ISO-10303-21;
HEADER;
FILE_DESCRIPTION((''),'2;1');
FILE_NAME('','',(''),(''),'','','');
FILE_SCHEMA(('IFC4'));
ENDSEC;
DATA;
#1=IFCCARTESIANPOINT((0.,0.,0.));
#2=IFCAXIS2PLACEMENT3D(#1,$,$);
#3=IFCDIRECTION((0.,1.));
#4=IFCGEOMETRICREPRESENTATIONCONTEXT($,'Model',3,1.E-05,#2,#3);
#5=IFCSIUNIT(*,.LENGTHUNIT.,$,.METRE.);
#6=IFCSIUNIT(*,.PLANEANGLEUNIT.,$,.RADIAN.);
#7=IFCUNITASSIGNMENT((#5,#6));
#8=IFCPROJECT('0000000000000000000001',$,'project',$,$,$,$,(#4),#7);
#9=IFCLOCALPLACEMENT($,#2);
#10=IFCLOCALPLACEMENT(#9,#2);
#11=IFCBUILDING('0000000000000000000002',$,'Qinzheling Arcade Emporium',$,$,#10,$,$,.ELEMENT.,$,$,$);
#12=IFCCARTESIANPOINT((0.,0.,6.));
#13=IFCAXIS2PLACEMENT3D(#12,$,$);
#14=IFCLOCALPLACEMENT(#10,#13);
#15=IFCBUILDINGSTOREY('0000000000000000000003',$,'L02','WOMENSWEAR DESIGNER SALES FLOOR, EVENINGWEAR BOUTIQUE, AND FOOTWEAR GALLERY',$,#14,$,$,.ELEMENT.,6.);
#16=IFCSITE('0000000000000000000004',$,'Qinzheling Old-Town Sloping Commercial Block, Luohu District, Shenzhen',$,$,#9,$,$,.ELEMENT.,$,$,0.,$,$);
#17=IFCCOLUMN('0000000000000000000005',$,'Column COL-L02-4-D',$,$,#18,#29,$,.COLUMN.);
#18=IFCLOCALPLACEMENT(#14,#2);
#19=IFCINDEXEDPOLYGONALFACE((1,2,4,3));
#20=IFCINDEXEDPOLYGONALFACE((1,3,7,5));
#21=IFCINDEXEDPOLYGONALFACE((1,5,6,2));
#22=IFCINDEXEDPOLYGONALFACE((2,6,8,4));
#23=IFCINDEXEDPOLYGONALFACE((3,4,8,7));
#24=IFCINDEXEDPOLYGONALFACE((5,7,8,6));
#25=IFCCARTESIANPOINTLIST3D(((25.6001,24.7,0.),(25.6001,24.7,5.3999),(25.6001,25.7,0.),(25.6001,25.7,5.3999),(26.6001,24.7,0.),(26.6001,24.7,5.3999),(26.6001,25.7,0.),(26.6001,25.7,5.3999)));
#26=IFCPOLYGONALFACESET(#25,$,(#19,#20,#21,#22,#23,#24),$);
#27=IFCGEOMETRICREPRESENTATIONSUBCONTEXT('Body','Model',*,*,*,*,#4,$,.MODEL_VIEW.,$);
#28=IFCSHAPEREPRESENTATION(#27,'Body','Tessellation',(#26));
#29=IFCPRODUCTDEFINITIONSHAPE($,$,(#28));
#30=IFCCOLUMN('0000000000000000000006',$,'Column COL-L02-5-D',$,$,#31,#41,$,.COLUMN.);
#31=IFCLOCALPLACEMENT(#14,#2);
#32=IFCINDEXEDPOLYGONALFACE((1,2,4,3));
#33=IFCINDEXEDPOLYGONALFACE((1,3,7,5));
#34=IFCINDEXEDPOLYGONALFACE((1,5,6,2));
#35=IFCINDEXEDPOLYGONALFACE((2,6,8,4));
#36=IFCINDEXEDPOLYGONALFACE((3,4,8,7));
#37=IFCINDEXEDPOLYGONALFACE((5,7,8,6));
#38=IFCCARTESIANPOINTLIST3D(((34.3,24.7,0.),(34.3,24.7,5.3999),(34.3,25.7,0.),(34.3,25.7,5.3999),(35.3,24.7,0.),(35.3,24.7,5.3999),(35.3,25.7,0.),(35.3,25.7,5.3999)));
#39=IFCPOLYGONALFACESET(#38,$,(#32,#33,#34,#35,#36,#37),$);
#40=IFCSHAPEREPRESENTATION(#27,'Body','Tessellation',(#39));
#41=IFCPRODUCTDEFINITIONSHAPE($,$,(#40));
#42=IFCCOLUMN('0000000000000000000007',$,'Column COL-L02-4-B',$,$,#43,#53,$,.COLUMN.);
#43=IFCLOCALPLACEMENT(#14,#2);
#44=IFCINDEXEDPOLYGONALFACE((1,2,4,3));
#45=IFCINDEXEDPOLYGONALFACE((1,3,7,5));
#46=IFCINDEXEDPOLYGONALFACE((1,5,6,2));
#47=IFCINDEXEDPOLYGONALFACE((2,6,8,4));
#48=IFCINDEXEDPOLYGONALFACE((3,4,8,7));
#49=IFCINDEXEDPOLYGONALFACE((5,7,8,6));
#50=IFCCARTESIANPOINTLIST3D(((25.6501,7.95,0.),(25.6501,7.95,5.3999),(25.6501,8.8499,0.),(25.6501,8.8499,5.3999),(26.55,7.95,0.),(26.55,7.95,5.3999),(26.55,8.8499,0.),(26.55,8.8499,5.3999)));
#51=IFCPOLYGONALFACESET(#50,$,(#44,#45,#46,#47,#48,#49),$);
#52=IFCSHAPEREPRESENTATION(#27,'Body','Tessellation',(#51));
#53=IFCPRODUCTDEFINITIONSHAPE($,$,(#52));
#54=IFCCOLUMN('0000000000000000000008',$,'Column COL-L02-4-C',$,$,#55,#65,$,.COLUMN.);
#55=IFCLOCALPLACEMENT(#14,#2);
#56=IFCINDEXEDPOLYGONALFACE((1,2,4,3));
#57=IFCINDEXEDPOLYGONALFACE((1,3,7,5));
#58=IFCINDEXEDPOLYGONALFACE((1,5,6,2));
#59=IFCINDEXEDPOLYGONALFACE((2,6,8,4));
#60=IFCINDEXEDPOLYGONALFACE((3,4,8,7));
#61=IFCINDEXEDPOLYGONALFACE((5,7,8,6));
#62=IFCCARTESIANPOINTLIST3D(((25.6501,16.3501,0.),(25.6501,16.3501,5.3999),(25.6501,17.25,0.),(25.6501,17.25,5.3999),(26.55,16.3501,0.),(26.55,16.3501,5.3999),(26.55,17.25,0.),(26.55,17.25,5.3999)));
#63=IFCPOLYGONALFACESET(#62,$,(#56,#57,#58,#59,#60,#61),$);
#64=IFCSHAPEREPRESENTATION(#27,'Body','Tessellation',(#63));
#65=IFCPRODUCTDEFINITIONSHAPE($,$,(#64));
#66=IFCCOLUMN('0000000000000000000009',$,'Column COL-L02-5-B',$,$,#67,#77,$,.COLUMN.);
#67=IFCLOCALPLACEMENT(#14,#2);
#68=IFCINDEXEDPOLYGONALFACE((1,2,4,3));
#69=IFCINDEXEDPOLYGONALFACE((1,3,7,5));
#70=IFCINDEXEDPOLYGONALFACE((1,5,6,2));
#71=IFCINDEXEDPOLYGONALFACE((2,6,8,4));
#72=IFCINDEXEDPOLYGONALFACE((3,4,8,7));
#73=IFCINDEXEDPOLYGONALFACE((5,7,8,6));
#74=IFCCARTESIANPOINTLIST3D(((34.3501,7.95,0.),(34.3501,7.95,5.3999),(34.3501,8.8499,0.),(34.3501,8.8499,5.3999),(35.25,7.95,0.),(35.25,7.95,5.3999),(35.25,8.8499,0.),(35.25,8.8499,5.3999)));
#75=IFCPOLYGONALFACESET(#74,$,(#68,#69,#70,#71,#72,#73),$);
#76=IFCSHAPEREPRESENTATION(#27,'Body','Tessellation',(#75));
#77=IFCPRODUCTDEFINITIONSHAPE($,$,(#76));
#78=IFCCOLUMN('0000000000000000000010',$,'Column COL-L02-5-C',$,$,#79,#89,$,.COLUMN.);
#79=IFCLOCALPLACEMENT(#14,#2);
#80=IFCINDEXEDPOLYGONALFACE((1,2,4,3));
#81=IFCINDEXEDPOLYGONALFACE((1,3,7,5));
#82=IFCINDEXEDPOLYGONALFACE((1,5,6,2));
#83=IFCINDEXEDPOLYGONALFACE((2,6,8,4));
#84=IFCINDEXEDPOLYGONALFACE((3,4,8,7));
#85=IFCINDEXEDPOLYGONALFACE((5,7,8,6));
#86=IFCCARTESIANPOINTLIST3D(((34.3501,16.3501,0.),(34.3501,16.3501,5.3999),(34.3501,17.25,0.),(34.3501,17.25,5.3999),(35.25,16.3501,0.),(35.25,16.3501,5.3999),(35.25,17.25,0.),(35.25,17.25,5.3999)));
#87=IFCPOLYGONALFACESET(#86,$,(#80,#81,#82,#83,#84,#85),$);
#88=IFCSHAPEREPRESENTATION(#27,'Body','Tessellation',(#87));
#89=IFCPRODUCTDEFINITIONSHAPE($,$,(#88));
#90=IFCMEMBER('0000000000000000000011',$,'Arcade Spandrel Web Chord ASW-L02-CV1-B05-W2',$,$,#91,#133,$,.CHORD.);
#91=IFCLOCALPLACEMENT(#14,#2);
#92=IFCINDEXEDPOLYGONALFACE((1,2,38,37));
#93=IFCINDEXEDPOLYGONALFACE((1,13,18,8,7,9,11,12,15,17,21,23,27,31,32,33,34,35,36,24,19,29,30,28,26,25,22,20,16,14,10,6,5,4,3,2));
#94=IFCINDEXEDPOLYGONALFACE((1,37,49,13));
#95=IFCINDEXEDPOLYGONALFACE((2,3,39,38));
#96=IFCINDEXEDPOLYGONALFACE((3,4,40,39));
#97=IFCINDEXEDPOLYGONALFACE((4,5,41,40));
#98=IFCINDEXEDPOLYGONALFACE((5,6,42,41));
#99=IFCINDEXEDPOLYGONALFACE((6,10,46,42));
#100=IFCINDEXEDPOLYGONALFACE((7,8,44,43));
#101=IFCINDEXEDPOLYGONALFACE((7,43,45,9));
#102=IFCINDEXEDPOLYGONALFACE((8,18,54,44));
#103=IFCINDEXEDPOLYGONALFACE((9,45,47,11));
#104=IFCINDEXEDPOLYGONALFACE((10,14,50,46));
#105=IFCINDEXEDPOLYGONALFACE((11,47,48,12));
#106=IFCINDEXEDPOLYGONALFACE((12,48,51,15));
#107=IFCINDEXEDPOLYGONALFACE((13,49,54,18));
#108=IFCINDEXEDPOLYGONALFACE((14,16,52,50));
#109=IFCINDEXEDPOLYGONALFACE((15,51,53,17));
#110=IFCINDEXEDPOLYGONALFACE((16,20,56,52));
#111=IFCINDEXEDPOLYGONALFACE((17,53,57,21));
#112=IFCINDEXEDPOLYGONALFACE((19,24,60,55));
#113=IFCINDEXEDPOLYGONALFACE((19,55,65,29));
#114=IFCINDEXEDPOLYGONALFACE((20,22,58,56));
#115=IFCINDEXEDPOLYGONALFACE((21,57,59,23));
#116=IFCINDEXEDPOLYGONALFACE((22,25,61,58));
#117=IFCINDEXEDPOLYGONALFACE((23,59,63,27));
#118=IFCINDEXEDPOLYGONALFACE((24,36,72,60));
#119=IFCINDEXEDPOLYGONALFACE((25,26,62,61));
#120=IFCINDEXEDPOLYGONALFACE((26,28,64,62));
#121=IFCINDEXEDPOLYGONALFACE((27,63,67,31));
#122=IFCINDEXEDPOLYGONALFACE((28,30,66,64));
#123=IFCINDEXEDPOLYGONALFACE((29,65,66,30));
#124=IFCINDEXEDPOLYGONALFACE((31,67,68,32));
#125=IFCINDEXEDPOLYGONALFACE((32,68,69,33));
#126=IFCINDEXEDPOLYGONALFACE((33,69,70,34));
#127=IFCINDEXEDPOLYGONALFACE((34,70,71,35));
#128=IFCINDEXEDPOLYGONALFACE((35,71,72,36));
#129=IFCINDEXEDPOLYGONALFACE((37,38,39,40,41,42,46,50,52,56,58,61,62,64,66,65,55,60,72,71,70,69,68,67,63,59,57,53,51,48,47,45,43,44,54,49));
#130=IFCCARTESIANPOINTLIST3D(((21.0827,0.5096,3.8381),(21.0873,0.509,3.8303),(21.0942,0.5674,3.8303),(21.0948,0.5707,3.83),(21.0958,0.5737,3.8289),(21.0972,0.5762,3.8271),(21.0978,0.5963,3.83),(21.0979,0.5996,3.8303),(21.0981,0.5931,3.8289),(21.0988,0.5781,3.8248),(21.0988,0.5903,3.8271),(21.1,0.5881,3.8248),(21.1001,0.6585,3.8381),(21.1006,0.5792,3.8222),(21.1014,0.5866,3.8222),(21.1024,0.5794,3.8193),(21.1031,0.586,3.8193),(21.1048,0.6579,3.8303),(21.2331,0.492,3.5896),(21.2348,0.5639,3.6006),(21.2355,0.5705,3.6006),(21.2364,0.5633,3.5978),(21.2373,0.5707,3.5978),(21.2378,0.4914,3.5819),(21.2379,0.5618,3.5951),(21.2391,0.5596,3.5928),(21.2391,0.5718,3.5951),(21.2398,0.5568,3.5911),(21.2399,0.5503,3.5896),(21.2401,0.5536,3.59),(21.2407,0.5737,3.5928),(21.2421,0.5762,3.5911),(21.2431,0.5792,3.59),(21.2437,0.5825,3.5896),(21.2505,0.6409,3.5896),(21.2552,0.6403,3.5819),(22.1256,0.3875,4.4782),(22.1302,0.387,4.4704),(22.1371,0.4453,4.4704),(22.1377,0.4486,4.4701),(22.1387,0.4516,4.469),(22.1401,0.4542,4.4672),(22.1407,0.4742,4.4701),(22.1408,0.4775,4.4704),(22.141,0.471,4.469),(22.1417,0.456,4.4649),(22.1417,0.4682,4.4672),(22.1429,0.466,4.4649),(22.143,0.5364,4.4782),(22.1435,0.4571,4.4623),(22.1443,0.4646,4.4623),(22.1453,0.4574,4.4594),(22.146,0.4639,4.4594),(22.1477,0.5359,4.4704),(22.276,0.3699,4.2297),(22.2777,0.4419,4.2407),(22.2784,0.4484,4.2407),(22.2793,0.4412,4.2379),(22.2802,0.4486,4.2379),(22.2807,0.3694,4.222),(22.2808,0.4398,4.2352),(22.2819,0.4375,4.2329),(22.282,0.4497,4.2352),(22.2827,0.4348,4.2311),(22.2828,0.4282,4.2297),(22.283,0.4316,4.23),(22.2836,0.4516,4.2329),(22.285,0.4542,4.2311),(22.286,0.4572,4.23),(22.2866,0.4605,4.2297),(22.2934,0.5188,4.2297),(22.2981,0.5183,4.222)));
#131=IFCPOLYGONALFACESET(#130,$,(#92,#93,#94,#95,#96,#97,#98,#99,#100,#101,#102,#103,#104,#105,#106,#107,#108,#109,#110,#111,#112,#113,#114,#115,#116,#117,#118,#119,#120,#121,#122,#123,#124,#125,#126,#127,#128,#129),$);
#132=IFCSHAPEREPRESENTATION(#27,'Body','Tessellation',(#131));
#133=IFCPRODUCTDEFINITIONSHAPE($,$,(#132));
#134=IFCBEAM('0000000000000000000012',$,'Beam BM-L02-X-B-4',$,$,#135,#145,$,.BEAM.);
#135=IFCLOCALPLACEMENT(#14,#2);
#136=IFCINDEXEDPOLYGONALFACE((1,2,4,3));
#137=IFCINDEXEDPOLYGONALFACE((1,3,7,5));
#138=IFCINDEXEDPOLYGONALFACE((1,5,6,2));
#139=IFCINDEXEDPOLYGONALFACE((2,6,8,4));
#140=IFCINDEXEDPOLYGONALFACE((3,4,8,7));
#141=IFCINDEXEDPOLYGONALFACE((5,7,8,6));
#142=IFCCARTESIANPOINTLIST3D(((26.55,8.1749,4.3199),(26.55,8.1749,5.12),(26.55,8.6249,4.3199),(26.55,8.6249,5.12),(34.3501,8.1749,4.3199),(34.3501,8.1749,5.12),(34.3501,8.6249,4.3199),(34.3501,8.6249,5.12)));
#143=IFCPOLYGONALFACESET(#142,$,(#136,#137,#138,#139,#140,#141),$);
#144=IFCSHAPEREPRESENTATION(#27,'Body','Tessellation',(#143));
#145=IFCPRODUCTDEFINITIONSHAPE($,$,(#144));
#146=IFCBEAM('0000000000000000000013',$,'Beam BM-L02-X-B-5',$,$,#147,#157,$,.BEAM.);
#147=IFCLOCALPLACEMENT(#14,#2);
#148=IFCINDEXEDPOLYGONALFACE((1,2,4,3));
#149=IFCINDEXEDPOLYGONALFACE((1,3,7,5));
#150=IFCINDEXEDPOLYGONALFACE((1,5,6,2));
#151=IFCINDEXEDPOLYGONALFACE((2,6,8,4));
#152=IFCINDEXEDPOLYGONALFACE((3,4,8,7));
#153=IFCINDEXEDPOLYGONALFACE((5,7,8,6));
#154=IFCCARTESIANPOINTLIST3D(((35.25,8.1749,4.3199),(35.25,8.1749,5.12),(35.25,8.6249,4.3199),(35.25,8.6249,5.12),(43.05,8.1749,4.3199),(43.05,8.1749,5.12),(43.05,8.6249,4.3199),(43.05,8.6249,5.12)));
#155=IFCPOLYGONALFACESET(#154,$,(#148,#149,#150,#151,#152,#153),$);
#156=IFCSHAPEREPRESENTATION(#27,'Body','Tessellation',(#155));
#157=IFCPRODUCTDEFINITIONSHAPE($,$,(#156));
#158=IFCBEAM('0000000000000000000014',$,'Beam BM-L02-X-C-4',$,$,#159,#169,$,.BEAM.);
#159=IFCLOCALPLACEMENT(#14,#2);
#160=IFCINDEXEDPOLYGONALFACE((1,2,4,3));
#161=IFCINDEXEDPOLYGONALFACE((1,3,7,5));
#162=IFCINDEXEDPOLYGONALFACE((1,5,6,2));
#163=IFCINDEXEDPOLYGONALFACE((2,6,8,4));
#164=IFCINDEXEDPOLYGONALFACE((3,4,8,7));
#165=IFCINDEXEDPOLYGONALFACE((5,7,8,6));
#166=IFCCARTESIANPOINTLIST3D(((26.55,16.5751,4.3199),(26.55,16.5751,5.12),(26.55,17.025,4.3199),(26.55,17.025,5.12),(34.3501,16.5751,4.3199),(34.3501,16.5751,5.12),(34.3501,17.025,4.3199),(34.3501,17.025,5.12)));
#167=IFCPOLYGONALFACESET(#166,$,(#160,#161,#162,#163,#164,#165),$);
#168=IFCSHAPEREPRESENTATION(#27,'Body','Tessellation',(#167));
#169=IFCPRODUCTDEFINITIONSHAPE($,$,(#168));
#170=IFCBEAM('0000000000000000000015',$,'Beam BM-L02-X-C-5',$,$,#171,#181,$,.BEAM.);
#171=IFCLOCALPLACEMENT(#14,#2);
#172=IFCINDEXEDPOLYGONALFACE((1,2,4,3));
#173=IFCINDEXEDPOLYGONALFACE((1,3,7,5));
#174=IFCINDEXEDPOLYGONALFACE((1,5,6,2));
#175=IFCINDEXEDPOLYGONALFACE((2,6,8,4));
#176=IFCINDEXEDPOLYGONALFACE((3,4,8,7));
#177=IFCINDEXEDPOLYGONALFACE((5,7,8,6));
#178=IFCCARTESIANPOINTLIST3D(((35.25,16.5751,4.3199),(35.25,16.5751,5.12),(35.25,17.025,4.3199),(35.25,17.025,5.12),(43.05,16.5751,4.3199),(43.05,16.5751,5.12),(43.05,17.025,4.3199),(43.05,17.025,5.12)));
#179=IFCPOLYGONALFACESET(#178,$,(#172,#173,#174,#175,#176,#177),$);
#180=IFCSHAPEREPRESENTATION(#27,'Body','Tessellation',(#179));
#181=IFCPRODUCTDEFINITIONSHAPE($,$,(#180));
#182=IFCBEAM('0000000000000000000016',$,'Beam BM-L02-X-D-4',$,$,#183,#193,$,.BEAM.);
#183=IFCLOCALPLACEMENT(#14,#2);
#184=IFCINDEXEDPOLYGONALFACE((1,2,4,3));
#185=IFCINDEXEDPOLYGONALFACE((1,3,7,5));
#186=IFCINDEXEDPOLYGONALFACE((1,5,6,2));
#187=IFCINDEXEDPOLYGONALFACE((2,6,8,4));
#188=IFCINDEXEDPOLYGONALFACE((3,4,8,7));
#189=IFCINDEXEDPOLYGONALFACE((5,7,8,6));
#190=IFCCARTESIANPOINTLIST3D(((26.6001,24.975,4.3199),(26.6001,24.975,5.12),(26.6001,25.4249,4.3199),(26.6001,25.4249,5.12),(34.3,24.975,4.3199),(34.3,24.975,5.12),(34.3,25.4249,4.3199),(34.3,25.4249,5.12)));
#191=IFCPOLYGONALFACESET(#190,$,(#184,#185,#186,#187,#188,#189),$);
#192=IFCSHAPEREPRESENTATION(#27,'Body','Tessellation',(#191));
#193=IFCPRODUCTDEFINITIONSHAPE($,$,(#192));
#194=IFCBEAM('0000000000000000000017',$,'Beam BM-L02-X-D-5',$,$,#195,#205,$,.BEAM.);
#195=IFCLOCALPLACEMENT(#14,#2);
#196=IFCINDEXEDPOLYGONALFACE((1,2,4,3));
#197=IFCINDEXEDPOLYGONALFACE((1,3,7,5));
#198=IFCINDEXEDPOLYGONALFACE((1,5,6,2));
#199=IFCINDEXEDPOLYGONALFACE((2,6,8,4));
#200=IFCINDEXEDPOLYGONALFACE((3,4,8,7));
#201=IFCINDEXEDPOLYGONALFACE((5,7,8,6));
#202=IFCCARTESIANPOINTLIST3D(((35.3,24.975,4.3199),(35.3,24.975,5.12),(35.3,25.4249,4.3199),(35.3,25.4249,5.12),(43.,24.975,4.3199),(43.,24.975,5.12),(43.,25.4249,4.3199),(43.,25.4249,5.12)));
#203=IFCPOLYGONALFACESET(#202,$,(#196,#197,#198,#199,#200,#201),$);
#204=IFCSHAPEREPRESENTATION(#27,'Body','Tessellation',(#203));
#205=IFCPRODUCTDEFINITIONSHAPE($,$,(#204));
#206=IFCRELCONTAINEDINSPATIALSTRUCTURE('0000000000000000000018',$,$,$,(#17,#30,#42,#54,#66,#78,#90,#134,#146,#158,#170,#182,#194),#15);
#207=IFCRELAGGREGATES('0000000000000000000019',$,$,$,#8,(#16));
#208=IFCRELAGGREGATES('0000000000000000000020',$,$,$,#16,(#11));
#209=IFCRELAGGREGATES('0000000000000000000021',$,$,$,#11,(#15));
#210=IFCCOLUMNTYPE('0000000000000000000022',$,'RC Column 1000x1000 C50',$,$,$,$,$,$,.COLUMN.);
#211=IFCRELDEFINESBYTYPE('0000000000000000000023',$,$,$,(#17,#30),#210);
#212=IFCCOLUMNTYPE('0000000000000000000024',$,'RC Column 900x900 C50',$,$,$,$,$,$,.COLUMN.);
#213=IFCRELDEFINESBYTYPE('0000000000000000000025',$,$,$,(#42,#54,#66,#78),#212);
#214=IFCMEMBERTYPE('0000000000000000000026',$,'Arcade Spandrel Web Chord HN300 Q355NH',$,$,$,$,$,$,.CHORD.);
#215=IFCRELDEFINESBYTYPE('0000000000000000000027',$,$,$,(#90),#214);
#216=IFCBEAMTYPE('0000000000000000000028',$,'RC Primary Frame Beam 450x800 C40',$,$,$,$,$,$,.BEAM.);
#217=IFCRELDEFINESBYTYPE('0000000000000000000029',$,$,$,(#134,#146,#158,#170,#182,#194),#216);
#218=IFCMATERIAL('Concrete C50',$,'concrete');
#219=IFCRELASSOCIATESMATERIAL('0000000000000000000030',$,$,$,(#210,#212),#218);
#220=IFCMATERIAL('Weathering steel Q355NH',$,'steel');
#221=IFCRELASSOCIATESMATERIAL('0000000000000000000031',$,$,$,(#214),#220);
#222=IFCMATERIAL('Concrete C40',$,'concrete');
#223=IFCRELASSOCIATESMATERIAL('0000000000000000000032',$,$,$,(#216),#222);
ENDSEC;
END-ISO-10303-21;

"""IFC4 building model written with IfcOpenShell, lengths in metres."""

from ifc_helpers import new_model, si_unit, direction, frame, origin, origin_2d, place, context, subcontext, project, spatial, rectangle, i_section, extrude, material, material_profile, profile_set, type_object, element, save


model = new_model("IFC4")

# Units and contexts
model_context = context("Model", 3, precision=1e-05, world=origin(), true_north=direction((0.0, 1.0)))
body_context = subcontext(model_context, "Body", "Model", "MODEL_VIEW")
ifc_project = project(units=[si_unit("LENGTHUNIT", "METRE"), si_unit("PLANEANGLEUNIT", "RADIAN")], contexts=[model_context])

# Site, building, storey
site_placement = place(None, origin())
site = spatial("IfcSite", under=ifc_project, at=site_placement, Name="Qinzheling Old-Town Sloping Commercial Block, Luohu District, Shenzhen", CompositionType="ELEMENT", RefElevation=0.0)
building_placement = place(site_placement, origin())
building = spatial("IfcBuilding", under=site, at=building_placement, Name="Qinzheling Arcade Emporium", CompositionType="ELEMENT")
storey_placement = place(building_placement, frame((0.0, 0.0, 6.0)))
storey = spatial("IfcBuildingStorey", under=building, at=storey_placement, Name="L02", Description="WOMENSWEAR DESIGNER SALES FLOOR, EVENINGWEAR BOUTIQUE, AND FOOTWEAR GALLERY", CompositionType="ELEMENT", Elevation=6.0)

# Columns
ifc_material_1 = material(Name="Concrete C50", Category="concrete")
ifc_material_profile_1 = material_profile(ifc_material_1, rectangle(XDim=1.0, YDim=1.0, at=origin_2d()), Name="RC 1000x1000", Category="concrete")
ifc_profile_set_1 = profile_set([ifc_material_profile_1], Name="Concrete C50")
column_type_1 = type_object("IfcColumnType", Name="RC Column 1000x1000 C50", PredefinedType="COLUMN", material=ifc_profile_set_1)
for number, where, z_axis, x_axis, name in (
    (1, (26.1001, 25.2, 0.0), (0.0, 0.0, 1.0), (1.0, 0.0, 0.0), "Column COL-L02-4-D"),
    (2, (34.8, 25.2, 0.0), (0.0, 0.0, 1.0), (1.0, 0.0, 0.0), "Column COL-L02-5-D"),
):
    element("IfcColumn", number, at=place(storey_placement, frame(where, z_axis=z_axis, x_axis=x_axis)), inside=storey, type_object=column_type_1, Name=name, PredefinedType="COLUMN", context=body_context, shape_type="SweptSolid", body=[
        extrude(rectangle(XDim=1.0, YDim=1.0, at=origin_2d()), origin(), (0.0, 0.0, 1.0), 5.3999),
    ])
ifc_material_profile_2 = material_profile(ifc_material_1, rectangle(XDim=0.8999, YDim=0.8999, at=origin_2d()), Name="RC 900x900", Category="concrete")
ifc_profile_set_2 = profile_set([ifc_material_profile_2], Name="Concrete C50")
column_type_2 = type_object("IfcColumnType", Name="RC Column 900x900 C50", PredefinedType="COLUMN", material=ifc_profile_set_2)
for number, where, z_axis, x_axis, name in (
    (3, (26.1001, 8.3999, 0.0), (0.0, 0.0, 1.0), (1.0, 0.0, 0.0), "Column COL-L02-4-B"),
    (4, (26.1001, 16.8, 0.0), (0.0, 0.0, 1.0), (1.0, 0.0, 0.0), "Column COL-L02-4-C"),
    (5, (34.8, 8.3999, 0.0), (0.0, 0.0, 1.0), (1.0, 0.0, 0.0), "Column COL-L02-5-B"),
    (6, (34.8, 16.8, 0.0), (0.0, 0.0, 1.0), (1.0, 0.0, 0.0), "Column COL-L02-5-C"),
):
    element("IfcColumn", number, at=place(storey_placement, frame(where, z_axis=z_axis, x_axis=x_axis)), inside=storey, type_object=column_type_2, Name=name, PredefinedType="COLUMN", context=body_context, shape_type="SweptSolid", body=[
        extrude(rectangle(XDim=0.8999, YDim=0.8999, at=origin_2d()), origin(), (0.0, 0.0, 1.0), 5.3999),
    ])

# Member
ifc_material_2 = material(Name="Weathering steel Q355NH", Category="steel")
ifc_material_profile_3 = material_profile(ifc_material_2, i_section(OverallWidth=0.1499, OverallDepth=0.3, WebThickness=0.0066, FlangeThickness=0.009, FilletRadius=0.0129, at=origin_2d()), Name="HN 300x150x6.5x9", Category="steel")
ifc_profile_set_3 = profile_set([ifc_material_profile_3], Name="Weathering steel Q355NH")
member_type = type_object("IfcMemberType", Name="Arcade Spandrel Web Chord HN300 Q355NH", PredefinedType="CHORD", material=ifc_profile_set_3)
member_placement = place(storey_placement, frame((21.1689, 0.575, 3.71), z_axis=(0.848065, -0.099259, 0.520512), x_axis=(0.116248, 0.99322, 0.0)))
element("IfcMember", 7, at=member_placement, inside=storey, type_object=member_type, Name="Arcade Spandrel Web Chord ASW-L02-CV1-B05-W2", PredefinedType="CHORD", context=body_context, shape_type="SweptSolid", body=[
    extrude(i_section(OverallWidth=0.1499, OverallDepth=0.3, WebThickness=0.0066, FlangeThickness=0.009, FilletRadius=0.0129, at=origin_2d()), origin(), (0.0, 0.0, 1.0), 1.2297),
])

# Beams
ifc_material_3 = material(Name="Concrete C40", Category="concrete")
ifc_material_profile_4 = material_profile(ifc_material_3, rectangle(XDim=0.45, YDim=0.8, at=origin_2d()), Name="RC 450x800", Category="concrete")
ifc_profile_set_4 = profile_set([ifc_material_profile_4], Name="Concrete C40")
beam_type = type_object("IfcBeamType", Name="RC Primary Frame Beam 450x800 C40", PredefinedType="BEAM", material=ifc_profile_set_4)
for number, where, z_axis, x_axis, name in (
    (8, (26.55, 8.3999, 4.72), (1.0, 0.0, 0.0), (0.0, 1.0, 0.0), "Beam BM-L02-X-B-4"),
    (9, (35.25, 8.3999, 4.72), (1.0, 0.0, 0.0), (0.0, 1.0, 0.0), "Beam BM-L02-X-B-5"),
    (10, (26.55, 16.8, 4.72), (1.0, 0.0, 0.0), (0.0, 1.0, 0.0), "Beam BM-L02-X-C-4"),
    (11, (35.25, 16.8, 4.72), (1.0, 0.0, 0.0), (0.0, 1.0, 0.0), "Beam BM-L02-X-C-5"),
):
    element("IfcBeam", number, at=place(storey_placement, frame(where, z_axis=z_axis, x_axis=x_axis)), inside=storey, type_object=beam_type, Name=name, PredefinedType="BEAM", context=body_context, shape_type="SweptSolid", body=[
        extrude(rectangle(XDim=0.45, YDim=0.8, at=origin_2d()), origin(), (0.0, 0.0, 1.0), 7.8),
    ])
for number, where, z_axis, x_axis, name in (
    (12, (26.6001, 25.2, 4.72), (1.0, 0.0, 0.0), (0.0, 1.0, 0.0), "Beam BM-L02-X-D-4"),
    (13, (35.3, 25.2, 4.72), (1.0, 0.0, 0.0), (0.0, 1.0, 0.0), "Beam BM-L02-X-D-5"),
):
    element("IfcBeam", number, at=place(storey_placement, frame(where, z_axis=z_axis, x_axis=x_axis)), inside=storey, type_object=beam_type, Name=name, PredefinedType="BEAM", context=body_context, shape_type="SweptSolid", body=[
        extrude(rectangle(XDim=0.45, YDim=0.8, at=origin_2d()), origin(), (0.0, 0.0, 1.0), 7.7),
    ])

save(model, "model.ifc")
